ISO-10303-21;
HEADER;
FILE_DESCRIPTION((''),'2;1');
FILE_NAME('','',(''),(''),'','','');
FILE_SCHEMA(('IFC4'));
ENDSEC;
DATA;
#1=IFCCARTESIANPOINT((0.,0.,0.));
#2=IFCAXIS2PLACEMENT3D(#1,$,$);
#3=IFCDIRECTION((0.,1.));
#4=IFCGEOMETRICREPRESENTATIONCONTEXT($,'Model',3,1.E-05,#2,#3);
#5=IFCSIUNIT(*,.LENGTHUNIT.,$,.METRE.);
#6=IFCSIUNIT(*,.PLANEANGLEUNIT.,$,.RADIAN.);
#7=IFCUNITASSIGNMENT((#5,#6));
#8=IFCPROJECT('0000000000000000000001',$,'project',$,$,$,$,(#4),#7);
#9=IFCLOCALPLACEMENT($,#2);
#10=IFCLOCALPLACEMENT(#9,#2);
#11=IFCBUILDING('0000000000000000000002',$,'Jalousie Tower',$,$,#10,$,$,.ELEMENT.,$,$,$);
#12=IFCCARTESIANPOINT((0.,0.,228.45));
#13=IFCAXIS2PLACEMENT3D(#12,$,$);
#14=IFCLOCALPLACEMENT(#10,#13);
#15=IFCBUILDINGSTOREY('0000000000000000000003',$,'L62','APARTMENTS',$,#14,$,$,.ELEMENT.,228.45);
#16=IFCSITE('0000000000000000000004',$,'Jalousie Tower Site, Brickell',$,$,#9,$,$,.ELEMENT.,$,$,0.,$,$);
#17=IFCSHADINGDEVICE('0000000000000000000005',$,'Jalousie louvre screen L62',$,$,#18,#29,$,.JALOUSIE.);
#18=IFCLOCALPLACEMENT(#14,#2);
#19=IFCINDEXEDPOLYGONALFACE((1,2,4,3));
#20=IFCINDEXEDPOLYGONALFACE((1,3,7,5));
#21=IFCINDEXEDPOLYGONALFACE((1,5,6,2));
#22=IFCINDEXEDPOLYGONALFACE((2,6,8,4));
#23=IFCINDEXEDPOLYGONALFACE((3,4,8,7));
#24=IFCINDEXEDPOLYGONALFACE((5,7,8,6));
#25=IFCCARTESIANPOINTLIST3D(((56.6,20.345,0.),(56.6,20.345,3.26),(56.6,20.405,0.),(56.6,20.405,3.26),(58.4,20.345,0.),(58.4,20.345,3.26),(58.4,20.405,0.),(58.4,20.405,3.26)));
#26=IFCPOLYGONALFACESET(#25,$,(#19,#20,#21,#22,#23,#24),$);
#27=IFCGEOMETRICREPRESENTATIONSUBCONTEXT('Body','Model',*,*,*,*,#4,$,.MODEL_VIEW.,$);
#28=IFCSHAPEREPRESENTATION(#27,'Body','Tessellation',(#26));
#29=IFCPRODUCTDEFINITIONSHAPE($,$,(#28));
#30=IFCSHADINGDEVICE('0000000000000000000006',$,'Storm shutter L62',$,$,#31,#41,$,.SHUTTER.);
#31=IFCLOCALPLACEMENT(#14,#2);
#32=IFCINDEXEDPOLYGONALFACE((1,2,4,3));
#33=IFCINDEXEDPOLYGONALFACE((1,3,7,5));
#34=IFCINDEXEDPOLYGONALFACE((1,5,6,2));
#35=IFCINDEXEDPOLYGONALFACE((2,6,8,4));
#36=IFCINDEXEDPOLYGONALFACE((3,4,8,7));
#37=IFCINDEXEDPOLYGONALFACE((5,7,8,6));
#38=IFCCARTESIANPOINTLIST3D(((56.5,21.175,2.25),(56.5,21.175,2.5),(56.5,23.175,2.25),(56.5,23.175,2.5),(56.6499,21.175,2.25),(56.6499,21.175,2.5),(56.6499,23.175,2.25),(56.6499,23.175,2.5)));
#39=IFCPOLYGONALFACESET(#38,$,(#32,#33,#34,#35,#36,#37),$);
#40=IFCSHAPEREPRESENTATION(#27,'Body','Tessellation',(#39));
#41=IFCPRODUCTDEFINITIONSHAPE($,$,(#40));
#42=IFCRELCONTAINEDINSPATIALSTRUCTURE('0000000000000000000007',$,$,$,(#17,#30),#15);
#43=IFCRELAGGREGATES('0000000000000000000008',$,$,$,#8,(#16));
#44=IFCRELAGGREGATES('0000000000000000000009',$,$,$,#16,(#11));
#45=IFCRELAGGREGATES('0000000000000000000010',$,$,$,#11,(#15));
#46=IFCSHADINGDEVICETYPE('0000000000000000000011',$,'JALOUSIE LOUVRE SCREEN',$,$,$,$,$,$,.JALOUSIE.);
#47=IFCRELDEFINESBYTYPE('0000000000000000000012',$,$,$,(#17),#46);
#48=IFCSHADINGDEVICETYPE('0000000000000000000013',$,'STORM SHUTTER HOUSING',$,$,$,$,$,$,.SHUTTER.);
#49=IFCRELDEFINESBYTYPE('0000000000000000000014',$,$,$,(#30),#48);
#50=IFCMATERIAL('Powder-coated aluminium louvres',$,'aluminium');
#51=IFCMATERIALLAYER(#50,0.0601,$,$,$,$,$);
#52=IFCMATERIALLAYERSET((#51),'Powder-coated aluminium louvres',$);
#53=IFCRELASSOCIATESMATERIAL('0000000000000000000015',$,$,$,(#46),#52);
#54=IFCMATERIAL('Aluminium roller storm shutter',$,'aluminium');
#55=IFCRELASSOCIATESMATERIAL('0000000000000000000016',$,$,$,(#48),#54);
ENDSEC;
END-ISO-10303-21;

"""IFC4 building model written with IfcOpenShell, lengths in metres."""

from ifc_helpers import new_model, si_unit, direction, frame, origin, origin_2d, place, context, subcontext, project, spatial, rectangle, extrude, material, layer, layer_set, type_object, element, save


model = new_model("IFC4")

# Units and contexts
model_context = context("Model", 3, precision=1e-05, world=origin(), true_north=direction((0.0, 1.0)))
body_context = subcontext(model_context, "Body", "Model", "MODEL_VIEW")
ifc_project = project(units=[si_unit("LENGTHUNIT", "METRE"), si_unit("PLANEANGLEUNIT", "RADIAN")], contexts=[model_context])

# Site, building, storey
site_placement = place(None, origin())
site = spatial("IfcSite", under=ifc_project, at=site_placement, Name="Jalousie Tower Site, Brickell", CompositionType="ELEMENT", RefElevation=0.0)
building_placement = place(site_placement, origin())
building = spatial("IfcBuilding", under=site, at=building_placement, Name="Jalousie Tower", CompositionType="ELEMENT")
storey_placement = place(building_placement, frame((0.0, 0.0, 228.45)))
storey = spatial("IfcBuildingStorey", under=building, at=storey_placement, Name="L62", Description="APARTMENTS", CompositionType="ELEMENT", Elevation=228.45)

# Shading devices
ifc_material_1 = material(Name="Powder-coated aluminium louvres", Category="aluminium")
ifc_layer_1 = layer(ifc_material_1, 0.0601)
ifc_layer_set_1 = layer_set([ifc_layer_1], Name="Powder-coated aluminium louvres")
shading_device_type_1 = type_object("IfcShadingDeviceType", Name="JALOUSIE LOUVRE SCREEN", PredefinedType="JALOUSIE", material=ifc_layer_set_1)
shading_device_1_placement = place(storey_placement, frame((57.5, 20.375, 0.0), z_axis=(0.0, 0.0, 1.0), x_axis=(0.0, 1.0, 0.0)))
element("IfcShadingDevice", 1, at=shading_device_1_placement, inside=storey, type_object=shading_device_type_1, Name="Jalousie louvre screen L62", PredefinedType="JALOUSIE", context=body_context, shape_type="SweptSolid", body=[
    extrude(rectangle(XDim=0.0601, YDim=1.8, at=origin_2d()), origin(), (0.0, 0.0, 1.0), 3.26),
])
ifc_material_2 = material(Name="Aluminium roller storm shutter", Category="aluminium")
shading_device_type_2 = type_object("IfcShadingDeviceType", Name="STORM SHUTTER HOUSING", PredefinedType="SHUTTER", material=ifc_material_2)
shading_device_2_placement = place(storey_placement, frame((56.575, 22.175, 2.25), z_axis=(0.0, 0.0, 1.0), x_axis=(0.0, 1.0, 0.0)))
element("IfcShadingDevice", 2, at=shading_device_2_placement, inside=storey, type_object=shading_device_type_2, Name="Storm shutter L62", PredefinedType="SHUTTER", context=body_context, shape_type="SweptSolid", body=[
    extrude(rectangle(XDim=2.0, YDim=0.1499, at=origin_2d()), origin(), (0.0, 0.0, 1.0), 0.25),
])

save(model, "model.ifc")
